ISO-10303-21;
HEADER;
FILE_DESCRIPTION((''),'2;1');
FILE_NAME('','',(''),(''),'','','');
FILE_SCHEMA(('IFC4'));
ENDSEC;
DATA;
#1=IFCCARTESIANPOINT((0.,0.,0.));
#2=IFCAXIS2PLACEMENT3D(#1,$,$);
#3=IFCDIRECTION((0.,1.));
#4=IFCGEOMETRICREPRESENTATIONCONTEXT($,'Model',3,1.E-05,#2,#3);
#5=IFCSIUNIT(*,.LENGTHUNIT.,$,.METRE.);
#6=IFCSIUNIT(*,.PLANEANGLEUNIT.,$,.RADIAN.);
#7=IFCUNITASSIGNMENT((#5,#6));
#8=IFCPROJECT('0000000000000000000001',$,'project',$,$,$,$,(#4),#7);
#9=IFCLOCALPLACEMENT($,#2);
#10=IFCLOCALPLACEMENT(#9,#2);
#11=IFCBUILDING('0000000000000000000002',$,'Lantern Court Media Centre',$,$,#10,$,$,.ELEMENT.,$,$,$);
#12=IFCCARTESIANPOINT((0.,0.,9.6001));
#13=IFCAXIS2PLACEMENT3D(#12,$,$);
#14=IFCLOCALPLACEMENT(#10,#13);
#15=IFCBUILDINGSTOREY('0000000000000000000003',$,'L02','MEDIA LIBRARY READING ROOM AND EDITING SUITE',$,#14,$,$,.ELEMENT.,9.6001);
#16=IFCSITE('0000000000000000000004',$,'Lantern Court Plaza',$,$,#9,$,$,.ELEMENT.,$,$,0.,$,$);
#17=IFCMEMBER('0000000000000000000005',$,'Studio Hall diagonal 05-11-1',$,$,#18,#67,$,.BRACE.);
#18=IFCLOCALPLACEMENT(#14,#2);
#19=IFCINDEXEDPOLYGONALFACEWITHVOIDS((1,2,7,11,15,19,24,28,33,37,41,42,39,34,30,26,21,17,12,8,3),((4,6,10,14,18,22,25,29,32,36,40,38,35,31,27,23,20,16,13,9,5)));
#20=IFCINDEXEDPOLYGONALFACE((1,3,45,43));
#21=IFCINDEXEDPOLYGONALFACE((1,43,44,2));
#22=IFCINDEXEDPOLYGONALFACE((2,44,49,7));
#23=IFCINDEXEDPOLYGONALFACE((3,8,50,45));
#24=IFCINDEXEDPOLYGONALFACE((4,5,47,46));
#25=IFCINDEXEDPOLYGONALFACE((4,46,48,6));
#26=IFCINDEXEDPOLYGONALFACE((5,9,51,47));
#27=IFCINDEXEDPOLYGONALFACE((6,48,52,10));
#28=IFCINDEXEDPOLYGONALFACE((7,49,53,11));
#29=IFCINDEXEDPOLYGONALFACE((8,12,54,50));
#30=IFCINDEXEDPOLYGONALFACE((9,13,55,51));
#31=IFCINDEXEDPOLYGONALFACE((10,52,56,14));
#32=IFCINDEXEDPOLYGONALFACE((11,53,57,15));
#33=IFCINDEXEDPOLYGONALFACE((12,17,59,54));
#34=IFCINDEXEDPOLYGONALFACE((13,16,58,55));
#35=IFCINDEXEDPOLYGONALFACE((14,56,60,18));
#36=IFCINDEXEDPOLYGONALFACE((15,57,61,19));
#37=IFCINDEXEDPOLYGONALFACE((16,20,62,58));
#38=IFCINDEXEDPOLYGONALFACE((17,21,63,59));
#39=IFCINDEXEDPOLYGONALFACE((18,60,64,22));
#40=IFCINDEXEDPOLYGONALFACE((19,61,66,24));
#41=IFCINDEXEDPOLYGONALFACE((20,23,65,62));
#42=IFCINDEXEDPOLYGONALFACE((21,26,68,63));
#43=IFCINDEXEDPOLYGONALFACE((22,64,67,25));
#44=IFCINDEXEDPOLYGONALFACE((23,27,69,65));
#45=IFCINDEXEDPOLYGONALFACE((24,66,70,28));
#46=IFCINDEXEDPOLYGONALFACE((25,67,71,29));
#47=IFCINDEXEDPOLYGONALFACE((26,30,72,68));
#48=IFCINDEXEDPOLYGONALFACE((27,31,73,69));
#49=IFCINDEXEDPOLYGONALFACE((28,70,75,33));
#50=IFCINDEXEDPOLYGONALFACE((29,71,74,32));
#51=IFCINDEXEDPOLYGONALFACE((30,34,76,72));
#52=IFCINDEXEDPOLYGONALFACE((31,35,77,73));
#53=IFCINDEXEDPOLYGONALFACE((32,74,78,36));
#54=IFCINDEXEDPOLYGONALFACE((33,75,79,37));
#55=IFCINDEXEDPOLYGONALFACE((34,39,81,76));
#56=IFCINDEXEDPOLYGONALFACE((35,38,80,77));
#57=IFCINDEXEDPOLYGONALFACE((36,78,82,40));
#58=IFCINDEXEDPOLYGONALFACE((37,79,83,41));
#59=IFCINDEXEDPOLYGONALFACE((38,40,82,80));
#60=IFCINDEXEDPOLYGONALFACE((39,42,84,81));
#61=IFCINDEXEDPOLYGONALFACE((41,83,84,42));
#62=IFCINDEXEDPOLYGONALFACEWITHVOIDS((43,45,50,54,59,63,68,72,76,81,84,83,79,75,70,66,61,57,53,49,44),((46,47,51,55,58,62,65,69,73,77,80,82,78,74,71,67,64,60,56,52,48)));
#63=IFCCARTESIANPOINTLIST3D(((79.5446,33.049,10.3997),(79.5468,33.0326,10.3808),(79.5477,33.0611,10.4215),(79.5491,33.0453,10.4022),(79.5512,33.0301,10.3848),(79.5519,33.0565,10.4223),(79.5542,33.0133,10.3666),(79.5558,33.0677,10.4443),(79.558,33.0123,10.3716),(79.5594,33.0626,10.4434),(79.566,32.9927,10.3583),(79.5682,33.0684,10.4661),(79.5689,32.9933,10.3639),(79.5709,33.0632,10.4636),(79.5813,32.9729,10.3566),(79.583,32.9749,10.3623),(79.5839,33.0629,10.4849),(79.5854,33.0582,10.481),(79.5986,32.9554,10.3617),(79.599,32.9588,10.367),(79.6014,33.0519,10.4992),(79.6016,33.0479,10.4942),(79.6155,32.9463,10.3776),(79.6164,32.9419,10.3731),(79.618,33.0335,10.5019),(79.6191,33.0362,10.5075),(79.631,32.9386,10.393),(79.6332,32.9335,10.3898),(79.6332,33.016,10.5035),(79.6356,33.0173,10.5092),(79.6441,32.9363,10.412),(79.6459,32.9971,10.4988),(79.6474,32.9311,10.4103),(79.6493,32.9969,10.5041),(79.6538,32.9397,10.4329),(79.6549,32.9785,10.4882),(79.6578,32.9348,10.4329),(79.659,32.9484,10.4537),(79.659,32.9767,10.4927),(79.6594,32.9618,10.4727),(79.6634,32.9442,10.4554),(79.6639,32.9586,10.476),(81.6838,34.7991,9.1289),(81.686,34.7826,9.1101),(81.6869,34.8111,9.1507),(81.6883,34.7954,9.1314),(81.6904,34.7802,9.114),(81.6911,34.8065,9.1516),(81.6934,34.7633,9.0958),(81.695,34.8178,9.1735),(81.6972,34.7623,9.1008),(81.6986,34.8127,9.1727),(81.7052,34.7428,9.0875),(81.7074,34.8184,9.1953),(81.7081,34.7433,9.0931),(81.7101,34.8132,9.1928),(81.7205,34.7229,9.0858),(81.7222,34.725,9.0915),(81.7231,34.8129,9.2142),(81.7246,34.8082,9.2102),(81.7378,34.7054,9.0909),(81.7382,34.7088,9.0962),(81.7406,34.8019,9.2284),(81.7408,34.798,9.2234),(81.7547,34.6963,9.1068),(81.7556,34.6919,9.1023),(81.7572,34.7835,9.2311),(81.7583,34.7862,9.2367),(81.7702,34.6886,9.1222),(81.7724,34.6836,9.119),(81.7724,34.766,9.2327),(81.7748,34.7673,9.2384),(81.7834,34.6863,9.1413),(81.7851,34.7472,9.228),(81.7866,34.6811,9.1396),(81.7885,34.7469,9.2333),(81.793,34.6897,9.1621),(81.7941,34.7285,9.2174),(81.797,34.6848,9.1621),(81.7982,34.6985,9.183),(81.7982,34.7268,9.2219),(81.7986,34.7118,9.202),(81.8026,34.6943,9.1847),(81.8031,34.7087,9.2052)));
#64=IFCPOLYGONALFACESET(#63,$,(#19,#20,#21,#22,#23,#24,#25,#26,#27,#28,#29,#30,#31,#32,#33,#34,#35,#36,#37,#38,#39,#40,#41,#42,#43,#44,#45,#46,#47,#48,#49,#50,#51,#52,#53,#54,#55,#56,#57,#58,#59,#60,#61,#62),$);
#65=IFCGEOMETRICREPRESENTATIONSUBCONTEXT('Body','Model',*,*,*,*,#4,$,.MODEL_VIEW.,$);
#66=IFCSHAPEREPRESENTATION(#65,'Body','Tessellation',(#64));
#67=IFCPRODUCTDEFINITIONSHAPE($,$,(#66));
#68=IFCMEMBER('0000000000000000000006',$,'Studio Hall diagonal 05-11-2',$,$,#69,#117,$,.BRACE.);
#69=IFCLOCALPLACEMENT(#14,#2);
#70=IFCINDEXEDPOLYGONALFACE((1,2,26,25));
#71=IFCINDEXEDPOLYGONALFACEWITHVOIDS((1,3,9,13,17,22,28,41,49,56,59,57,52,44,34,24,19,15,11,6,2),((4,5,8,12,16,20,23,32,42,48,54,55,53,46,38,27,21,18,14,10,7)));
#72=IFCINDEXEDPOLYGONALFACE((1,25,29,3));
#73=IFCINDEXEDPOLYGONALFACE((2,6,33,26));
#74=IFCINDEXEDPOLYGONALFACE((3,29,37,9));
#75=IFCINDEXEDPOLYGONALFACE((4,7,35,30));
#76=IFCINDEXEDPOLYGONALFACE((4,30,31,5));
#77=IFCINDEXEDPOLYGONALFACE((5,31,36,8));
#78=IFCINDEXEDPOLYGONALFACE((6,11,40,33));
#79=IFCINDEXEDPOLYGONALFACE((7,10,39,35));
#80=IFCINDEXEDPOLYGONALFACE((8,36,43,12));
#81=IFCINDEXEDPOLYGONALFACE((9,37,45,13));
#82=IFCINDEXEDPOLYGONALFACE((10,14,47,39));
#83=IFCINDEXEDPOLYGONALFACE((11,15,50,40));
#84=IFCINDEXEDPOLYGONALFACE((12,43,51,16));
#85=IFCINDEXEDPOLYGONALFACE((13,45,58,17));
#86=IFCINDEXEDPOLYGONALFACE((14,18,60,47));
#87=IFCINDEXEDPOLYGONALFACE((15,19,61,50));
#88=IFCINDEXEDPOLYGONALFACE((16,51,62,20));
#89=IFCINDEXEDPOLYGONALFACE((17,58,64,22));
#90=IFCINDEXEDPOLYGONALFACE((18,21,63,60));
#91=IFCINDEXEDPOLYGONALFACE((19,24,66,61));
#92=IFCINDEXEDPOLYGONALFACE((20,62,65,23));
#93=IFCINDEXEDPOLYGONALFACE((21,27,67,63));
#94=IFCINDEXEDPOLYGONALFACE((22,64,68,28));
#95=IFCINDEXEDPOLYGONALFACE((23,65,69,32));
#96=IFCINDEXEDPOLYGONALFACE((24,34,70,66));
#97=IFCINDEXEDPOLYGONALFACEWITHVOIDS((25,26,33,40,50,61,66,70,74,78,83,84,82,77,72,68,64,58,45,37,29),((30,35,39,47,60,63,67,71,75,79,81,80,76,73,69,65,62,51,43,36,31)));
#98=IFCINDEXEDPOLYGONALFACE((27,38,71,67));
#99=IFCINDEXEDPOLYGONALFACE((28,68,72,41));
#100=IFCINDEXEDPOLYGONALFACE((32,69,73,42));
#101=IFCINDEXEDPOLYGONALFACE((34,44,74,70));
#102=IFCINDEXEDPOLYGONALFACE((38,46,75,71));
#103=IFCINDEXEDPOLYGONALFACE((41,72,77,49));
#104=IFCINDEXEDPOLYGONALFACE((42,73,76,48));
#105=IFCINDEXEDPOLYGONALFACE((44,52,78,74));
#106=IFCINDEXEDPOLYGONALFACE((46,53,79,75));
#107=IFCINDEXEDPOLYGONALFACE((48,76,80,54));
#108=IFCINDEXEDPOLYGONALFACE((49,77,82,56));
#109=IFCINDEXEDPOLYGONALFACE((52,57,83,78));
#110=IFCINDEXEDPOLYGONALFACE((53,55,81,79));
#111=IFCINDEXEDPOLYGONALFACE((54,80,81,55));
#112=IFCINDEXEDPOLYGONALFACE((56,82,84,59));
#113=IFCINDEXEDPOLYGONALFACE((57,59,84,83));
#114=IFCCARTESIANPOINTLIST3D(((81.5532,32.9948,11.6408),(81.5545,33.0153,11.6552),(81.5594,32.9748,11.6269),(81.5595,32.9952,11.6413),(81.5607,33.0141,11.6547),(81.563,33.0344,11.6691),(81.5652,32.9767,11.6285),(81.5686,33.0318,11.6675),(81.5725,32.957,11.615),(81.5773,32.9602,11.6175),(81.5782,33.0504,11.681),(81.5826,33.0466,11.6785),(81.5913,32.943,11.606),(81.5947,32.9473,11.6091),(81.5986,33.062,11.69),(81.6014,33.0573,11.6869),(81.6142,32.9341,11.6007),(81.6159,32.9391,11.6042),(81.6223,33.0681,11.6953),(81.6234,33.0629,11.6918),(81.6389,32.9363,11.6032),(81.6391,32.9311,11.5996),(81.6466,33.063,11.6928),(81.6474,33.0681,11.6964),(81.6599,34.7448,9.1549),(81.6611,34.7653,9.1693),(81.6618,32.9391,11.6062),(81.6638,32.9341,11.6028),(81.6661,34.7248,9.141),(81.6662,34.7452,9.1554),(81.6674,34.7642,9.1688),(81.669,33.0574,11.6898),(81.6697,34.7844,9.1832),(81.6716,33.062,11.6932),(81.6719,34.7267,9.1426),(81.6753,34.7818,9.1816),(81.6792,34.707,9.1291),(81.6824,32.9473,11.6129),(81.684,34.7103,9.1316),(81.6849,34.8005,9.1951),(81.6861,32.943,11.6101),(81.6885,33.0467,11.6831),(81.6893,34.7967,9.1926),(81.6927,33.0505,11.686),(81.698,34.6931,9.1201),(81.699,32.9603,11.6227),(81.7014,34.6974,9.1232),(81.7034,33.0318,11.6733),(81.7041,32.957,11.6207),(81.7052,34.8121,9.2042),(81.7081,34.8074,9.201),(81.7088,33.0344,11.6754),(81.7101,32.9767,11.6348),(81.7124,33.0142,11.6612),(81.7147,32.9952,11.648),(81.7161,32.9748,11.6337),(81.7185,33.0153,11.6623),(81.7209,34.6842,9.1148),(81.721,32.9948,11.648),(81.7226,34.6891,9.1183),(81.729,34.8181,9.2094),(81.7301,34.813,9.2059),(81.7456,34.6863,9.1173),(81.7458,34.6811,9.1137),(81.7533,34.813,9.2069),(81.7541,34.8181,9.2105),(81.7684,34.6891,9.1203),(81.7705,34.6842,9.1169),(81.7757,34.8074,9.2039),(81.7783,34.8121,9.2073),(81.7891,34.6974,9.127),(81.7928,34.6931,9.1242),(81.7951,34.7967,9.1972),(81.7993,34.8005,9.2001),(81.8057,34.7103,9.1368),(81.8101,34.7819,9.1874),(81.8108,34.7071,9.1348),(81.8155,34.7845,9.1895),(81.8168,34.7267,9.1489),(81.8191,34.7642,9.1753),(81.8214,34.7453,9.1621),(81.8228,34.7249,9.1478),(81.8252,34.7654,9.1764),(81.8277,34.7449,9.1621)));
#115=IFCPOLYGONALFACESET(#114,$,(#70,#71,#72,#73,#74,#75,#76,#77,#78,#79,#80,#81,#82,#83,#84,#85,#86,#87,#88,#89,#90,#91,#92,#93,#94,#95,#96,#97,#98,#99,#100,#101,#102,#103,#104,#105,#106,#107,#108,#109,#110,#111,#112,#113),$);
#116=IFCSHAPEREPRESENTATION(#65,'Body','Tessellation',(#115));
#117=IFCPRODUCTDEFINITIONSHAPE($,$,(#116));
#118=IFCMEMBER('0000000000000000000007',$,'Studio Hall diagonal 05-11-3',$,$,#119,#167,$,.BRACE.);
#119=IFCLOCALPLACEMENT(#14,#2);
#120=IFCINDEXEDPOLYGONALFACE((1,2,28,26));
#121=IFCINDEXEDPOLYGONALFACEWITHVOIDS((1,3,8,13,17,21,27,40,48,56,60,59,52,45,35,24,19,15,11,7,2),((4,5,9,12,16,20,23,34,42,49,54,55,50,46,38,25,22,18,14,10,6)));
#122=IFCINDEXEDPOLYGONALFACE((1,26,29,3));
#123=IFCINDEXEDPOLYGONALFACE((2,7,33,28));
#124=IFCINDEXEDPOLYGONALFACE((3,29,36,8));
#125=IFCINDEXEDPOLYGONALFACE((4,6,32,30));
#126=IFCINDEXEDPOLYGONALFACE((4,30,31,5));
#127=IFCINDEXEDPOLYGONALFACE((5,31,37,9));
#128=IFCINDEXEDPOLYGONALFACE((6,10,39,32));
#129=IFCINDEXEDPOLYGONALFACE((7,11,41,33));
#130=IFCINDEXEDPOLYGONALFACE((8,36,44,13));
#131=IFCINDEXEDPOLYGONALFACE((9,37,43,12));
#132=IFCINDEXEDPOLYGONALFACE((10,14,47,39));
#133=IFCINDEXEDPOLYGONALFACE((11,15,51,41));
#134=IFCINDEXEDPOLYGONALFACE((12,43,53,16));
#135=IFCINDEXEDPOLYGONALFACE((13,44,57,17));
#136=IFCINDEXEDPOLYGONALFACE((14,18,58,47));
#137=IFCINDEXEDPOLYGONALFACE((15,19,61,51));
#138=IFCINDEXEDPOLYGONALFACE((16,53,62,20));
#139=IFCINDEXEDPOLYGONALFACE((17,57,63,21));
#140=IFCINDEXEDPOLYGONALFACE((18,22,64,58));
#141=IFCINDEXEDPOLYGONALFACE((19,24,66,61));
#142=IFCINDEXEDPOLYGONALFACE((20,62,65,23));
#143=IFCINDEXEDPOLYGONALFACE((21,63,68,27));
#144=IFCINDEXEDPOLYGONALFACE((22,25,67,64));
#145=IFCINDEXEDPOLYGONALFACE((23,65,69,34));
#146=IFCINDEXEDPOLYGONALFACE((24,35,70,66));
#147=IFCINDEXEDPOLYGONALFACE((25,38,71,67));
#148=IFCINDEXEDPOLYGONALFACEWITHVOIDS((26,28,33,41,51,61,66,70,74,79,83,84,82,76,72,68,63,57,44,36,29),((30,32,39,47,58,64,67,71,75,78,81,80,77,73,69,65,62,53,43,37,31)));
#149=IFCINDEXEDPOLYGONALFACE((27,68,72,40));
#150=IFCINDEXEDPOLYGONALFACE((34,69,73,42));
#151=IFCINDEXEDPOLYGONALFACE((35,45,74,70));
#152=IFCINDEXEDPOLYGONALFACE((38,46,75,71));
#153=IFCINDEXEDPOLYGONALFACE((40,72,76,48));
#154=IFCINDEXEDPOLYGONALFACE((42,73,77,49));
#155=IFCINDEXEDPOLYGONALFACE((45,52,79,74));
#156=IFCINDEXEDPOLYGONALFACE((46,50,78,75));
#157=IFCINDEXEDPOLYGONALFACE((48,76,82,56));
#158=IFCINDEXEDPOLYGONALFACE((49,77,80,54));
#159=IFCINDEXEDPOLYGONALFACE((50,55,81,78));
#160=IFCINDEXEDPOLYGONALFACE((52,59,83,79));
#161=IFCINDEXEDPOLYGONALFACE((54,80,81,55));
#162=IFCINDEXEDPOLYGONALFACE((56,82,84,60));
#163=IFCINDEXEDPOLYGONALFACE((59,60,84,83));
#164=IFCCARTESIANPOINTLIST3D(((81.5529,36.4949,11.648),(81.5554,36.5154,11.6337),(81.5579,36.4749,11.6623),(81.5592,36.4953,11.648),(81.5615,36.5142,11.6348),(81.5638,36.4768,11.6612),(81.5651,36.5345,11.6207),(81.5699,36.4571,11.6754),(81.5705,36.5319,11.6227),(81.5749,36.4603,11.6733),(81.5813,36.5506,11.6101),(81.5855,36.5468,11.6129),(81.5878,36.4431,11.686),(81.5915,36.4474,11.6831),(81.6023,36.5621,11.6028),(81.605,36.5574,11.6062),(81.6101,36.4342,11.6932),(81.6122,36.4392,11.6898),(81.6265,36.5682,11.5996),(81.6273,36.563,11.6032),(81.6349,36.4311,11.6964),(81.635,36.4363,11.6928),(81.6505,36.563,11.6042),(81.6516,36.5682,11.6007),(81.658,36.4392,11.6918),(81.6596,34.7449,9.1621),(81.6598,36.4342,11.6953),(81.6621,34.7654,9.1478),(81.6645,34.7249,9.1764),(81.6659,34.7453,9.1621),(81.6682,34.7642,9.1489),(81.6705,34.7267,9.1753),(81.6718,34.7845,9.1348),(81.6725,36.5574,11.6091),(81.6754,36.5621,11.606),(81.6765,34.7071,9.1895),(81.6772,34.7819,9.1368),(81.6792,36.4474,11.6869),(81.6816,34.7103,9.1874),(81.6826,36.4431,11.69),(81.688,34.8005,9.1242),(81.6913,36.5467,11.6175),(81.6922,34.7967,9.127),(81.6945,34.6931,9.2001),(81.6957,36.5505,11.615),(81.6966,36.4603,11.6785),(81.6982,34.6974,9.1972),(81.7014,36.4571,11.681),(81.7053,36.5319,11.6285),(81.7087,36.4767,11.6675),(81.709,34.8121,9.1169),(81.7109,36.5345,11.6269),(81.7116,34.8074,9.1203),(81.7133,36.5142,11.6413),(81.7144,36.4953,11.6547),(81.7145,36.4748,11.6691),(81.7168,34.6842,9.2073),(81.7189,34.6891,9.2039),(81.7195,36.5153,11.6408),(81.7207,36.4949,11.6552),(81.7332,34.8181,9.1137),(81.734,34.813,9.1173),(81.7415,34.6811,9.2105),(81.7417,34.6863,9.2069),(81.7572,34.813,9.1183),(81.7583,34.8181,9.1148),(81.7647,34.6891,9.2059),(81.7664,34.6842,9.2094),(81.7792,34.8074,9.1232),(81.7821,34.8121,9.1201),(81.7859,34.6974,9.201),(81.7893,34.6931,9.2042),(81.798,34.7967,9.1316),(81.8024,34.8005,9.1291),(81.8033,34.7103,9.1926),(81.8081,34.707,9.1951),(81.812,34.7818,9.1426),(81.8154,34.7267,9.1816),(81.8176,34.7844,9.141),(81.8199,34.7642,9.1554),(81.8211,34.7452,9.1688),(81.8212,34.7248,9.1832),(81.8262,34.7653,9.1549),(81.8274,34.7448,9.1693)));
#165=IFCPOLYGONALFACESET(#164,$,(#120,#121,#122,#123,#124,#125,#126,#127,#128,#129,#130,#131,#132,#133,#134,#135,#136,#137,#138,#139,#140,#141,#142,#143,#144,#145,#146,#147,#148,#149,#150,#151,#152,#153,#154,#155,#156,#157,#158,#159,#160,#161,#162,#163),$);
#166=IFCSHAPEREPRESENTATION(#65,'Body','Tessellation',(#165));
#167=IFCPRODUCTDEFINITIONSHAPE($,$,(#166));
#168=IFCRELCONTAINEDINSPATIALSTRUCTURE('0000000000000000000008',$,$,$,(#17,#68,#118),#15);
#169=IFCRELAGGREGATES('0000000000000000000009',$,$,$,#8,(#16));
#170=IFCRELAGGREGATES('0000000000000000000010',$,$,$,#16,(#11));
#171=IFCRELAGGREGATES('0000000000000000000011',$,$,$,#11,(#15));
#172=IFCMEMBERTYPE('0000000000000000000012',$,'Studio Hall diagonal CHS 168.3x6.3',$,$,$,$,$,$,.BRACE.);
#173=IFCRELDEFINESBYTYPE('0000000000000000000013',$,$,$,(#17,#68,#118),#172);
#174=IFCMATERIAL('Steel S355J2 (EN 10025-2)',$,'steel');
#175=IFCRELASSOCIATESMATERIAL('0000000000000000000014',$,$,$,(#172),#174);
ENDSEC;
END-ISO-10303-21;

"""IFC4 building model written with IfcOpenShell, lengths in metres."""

from ifc_helpers import new_model, si_unit, direction, frame, origin, origin_2d, place, context, subcontext, project, spatial, hollow_circle, extrude, material, material_profile, profile_set, type_object, element, save


model = new_model("IFC4")

# Units and contexts
model_context = context("Model", 3, precision=1e-05, world=origin(), true_north=direction((0.0, 1.0)))
body_context = subcontext(model_context, "Body", "Model", "MODEL_VIEW")
ifc_project = project(units=[si_unit("LENGTHUNIT", "METRE"), si_unit("PLANEANGLEUNIT", "RADIAN")], contexts=[model_context])

# Site, building, storey
site_placement = place(None, origin())
site = spatial("IfcSite", under=ifc_project, at=site_placement, Name="Lantern Court Plaza", CompositionType="ELEMENT", RefElevation=0.0)
building_placement = place(site_placement, origin())
building = spatial("IfcBuilding", under=site, at=building_placement, Name="Lantern Court Media Centre", CompositionType="ELEMENT")
storey_placement = place(building_placement, frame((0.0, 0.0, 9.6001)))
storey = spatial("IfcBuildingStorey", under=building, at=storey_placement, Name="L02", Description="MEDIA LIBRARY READING ROOM AND EDITING SUITE", CompositionType="ELEMENT", Elevation=9.6001)

# Members
ifc_material = material(Name="Steel S355J2 (EN 10025-2)", Category="steel")
ifc_material_profile_1 = material_profile(ifc_material, hollow_circle(Radius=0.0842, WallThickness=0.0063, at=origin_2d()), Name="Studio Hall diagonal CHS 168.3x6.3")
ifc_profile_set_1 = profile_set([ifc_material_profile_1], Name="Steel S355J2 (EN 10025-2)")
member_type_1 = type_object("IfcMemberType", Name="Studio Hall diagonal CHS 168.3x6.3", PredefinedType="BRACE", material=ifc_profile_set_1)
for number, where, z_axis, x_axis, name in (
    (1, (81.7437, 34.75, 9.1621), (-0.703225, -0.575293, 0.417746), (0.63319, -0.773997, 0.0), "Studio Hall diagonal 05-11-1"),
    (2, (81.7437, 34.75, 9.1621), (-0.035073, -0.575294, 0.817194), (0.998147, -0.060852, 0.0), "Studio Hall diagonal 05-11-2"),
    (3, (81.7437, 34.75, 9.1621), (-0.035073, 0.575294, 0.817194), (-0.998147, -0.060852, 0.0), "Studio Hall diagonal 05-11-3"),
):
    element("IfcMember", number, at=place(storey_placement, frame(where, z_axis=z_axis, x_axis=x_axis)), inside=storey, type_object=member_type_1, Name=name, PredefinedType="BRACE", context=body_context, shape_type="SweptSolid", body=[
        extrude(hollow_circle(Radius=0.0842, WallThickness=0.0063, at=origin_2d()), origin(), (0.0, 0.0, 1.0), 3.042),
    ])

save(model, "model.ifc")
